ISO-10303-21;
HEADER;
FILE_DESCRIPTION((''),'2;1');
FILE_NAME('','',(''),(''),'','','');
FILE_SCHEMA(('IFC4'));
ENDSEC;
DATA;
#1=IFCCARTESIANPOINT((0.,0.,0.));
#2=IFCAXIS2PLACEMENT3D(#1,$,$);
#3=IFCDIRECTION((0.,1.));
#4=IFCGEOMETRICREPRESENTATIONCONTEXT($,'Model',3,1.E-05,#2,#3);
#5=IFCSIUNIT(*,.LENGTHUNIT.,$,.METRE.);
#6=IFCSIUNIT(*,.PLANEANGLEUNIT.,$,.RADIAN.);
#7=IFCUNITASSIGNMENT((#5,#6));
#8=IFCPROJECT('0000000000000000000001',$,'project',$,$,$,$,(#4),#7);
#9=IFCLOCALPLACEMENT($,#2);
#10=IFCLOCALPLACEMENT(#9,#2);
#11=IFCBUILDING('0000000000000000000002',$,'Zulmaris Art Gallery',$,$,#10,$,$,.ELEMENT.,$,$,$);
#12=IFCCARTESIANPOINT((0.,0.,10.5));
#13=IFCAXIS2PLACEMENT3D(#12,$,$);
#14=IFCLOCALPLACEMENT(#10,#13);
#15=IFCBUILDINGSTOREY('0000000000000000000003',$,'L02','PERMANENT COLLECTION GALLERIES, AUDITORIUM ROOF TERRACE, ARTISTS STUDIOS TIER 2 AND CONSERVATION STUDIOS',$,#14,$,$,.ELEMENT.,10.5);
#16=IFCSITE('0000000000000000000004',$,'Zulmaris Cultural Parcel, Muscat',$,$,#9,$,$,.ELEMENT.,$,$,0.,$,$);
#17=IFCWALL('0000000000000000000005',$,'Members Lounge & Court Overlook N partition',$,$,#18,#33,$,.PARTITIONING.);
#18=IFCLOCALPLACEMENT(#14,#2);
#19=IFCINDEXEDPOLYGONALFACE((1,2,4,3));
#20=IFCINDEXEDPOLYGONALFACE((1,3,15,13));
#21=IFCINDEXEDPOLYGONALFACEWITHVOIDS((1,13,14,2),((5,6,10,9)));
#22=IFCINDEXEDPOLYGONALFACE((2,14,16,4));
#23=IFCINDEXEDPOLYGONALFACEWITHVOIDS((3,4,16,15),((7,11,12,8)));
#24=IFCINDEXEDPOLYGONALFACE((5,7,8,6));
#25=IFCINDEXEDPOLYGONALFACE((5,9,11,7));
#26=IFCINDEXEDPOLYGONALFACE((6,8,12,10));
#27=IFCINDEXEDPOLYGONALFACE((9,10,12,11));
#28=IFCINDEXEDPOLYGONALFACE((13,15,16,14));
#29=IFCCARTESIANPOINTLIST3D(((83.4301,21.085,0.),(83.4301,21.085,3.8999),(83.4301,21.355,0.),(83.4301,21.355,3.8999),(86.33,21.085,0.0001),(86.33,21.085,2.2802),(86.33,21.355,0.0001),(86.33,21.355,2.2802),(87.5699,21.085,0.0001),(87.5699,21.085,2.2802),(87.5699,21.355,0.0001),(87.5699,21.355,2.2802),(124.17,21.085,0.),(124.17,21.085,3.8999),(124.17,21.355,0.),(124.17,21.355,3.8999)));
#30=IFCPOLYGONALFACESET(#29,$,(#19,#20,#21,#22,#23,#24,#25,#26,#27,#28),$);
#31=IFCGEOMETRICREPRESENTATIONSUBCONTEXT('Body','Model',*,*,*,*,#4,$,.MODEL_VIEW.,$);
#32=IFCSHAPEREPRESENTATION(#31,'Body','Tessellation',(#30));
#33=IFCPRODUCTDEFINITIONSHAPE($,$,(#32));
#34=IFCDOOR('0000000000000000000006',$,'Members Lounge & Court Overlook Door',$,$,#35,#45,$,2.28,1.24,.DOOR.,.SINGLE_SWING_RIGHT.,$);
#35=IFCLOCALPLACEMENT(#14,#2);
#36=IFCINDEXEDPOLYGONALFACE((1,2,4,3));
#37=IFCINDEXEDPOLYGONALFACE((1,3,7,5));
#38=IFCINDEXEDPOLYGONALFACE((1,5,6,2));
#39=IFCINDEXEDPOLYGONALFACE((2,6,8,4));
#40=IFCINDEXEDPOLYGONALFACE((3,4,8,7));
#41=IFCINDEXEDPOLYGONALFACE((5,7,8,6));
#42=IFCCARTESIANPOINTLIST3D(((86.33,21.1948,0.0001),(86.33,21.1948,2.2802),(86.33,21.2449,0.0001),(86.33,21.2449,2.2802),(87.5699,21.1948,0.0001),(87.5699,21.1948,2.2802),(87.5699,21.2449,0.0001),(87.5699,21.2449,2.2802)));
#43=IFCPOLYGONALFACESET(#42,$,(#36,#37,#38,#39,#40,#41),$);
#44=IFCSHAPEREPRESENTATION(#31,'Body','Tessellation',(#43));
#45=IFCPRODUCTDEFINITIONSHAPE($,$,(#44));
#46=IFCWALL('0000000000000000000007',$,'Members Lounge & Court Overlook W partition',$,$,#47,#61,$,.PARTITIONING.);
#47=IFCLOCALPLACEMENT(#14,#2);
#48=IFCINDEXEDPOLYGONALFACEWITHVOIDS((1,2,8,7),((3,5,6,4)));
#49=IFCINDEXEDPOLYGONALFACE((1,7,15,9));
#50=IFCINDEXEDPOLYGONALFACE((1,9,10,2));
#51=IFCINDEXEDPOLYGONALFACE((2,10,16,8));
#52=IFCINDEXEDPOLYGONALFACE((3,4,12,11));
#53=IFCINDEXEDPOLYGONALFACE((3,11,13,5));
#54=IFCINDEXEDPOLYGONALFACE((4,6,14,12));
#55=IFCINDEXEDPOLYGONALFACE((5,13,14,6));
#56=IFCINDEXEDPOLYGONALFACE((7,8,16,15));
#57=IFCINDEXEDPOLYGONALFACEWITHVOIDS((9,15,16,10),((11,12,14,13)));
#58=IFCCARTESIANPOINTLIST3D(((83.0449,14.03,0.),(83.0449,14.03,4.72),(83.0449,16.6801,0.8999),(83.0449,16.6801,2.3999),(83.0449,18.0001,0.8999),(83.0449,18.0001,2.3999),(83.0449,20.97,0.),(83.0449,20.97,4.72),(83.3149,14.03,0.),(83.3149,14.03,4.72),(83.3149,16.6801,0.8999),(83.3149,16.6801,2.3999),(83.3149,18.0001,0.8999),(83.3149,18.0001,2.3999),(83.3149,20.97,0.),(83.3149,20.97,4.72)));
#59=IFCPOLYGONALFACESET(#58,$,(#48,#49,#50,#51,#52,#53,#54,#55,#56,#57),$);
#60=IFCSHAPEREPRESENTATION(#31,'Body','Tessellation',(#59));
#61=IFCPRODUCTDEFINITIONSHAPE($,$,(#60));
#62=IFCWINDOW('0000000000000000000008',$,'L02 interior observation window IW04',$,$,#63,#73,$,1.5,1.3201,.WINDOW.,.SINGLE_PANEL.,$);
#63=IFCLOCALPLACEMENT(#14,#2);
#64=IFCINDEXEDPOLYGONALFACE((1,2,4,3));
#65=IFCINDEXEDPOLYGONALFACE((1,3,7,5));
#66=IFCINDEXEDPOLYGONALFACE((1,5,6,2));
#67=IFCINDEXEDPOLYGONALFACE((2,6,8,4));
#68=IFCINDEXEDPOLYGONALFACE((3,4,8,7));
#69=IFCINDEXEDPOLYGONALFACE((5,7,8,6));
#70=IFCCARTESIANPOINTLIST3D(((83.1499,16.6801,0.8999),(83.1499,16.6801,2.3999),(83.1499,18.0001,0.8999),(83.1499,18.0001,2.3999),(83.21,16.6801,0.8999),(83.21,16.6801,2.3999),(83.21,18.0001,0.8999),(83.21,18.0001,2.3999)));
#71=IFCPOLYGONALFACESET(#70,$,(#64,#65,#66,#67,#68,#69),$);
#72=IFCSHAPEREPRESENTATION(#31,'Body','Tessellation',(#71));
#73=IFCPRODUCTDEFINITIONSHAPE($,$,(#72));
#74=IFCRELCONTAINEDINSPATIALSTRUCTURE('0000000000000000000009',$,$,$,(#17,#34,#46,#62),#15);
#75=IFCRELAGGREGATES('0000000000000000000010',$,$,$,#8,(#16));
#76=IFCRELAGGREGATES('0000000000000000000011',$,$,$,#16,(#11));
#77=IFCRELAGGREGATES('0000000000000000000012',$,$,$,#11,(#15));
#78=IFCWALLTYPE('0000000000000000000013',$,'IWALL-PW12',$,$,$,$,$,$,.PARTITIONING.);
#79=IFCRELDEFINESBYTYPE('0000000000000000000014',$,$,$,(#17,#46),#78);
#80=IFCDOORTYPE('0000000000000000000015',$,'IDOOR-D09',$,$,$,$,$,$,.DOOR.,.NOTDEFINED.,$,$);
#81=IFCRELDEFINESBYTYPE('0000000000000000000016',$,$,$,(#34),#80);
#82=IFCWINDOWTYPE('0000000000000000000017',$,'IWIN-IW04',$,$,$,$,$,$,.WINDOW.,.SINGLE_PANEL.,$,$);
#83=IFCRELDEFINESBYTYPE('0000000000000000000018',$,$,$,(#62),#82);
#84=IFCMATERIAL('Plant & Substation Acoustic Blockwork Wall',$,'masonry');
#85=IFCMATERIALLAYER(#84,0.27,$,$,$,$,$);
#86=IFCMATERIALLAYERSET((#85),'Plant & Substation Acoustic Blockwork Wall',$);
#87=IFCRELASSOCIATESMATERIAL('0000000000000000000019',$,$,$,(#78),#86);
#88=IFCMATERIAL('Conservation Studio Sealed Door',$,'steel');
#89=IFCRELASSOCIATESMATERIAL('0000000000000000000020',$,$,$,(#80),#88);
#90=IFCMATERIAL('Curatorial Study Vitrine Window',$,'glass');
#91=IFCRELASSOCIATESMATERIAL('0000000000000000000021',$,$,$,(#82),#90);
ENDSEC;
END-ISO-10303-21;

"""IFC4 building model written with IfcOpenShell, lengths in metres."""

from ifc_helpers import new_model, si_unit, direction, frame, frame_2d, origin, place, context, subcontext, project, spatial, rectangle, extrude, material, layer, layer_set, type_object, element, fill, save


model = new_model("IFC4")

# Units and contexts
model_context = context("Model", 3, precision=1e-05, world=origin(), true_north=direction((0.0, 1.0)))
body_context = subcontext(model_context, "Body", "Model", "MODEL_VIEW")
ifc_project = project(units=[si_unit("LENGTHUNIT", "METRE"), si_unit("PLANEANGLEUNIT", "RADIAN")], contexts=[model_context])

# Site, building, storey
site_placement = place(None, origin())
site = spatial("IfcSite", under=ifc_project, at=site_placement, Name="Zulmaris Cultural Parcel, Muscat", CompositionType="ELEMENT", RefElevation=0.0)
building_placement = place(site_placement, origin())
building = spatial("IfcBuilding", under=site, at=building_placement, Name="Zulmaris Art Gallery", CompositionType="ELEMENT")
storey_placement = place(building_placement, frame((0.0, 0.0, 10.5)))
storey = spatial("IfcBuildingStorey", under=building, at=storey_placement, Name="L02", Description="PERMANENT COLLECTION GALLERIES, AUDITORIUM ROOF TERRACE, ARTISTS STUDIOS TIER 2 AND CONSERVATION STUDIOS", CompositionType="ELEMENT", Elevation=10.5)

# Wall, opening, door
ifc_material_1 = material(Name="Plant & Substation Acoustic Blockwork Wall", Category="masonry")
ifc_layer_1 = layer(ifc_material_1, 0.27)
ifc_layer_set_1 = layer_set([ifc_layer_1], Name="Plant & Substation Acoustic Blockwork Wall")
wall_type_1 = type_object("IfcWallType", Name="IWALL-PW12", PredefinedType="PARTITIONING", material=ifc_layer_set_1)
wall_1_placement = place(storey_placement, frame((83.4299, 21.22, 0.0), z_axis=(0.0, 0.0, 1.0), x_axis=(1.0, 0.0, 0.0)))
wall_1 = element("IfcWall", 1, at=wall_1_placement, inside=storey, type_object=wall_type_1, Name="Members Lounge & Court Overlook N partition", PredefinedType="PARTITIONING", context=body_context, shape_type="SweptSolid", body=[
    extrude(rectangle(XDim=40.74, YDim=0.27, at=frame_2d((20.3701, 0.0))), origin(), (0.0, 0.0, 1.0), 3.8999),
])
opening_1_placement = place(wall_1_placement, frame((2.8999, 0.0, 0.0)))
opening_1 = element("IfcOpeningElement", 2, at=opening_1_placement, cuts=wall_1, PredefinedType="OPENING", context=body_context, shape_type="SweptSolid", body=[
    extrude(rectangle(XDim=1.24, YDim=2.28, at=frame_2d((0.6201, 1.1401))), frame((0.0, 0.145, 0.0), z_axis=(0.0, -1.0, 0.0), x_axis=(1.0, 0.0, 0.0)), (0.0, 0.0, 1.0), 0.29),
])
ifc_material_2 = material(Name="Conservation Studio Sealed Door", Category="steel")
door_type = type_object("IfcDoorType", Name="IDOOR-D09", OperationType="NOTDEFINED", PredefinedType="DOOR", material=ifc_material_2)
door_placement = place(opening_1_placement, origin())
door = element("IfcDoor", 3, at=door_placement, inside=storey, type_object=door_type, Name="Members Lounge & Court Overlook Door", OperationType="SINGLE_SWING_RIGHT", OverallHeight=2.28, OverallWidth=1.24, PredefinedType="DOOR", context=body_context, shape_type="SweptSolid", body=[
    extrude(rectangle(XDim=1.24, YDim=2.28, at=frame_2d((0.6201, 1.1401))), frame((0.0, 0.0249, 0.0), z_axis=(0.0, -1.0, 0.0), x_axis=(1.0, 0.0, 0.0)), (0.0, 0.0, 1.0), 0.05),
])
fill(opening_1, door)

# Wall, opening, window
wall_2_placement = place(storey_placement, frame((83.1799, 14.03, 0.0), z_axis=(0.0, 0.0, 1.0), x_axis=(0.0, 1.0, 0.0)))
wall_2 = element("IfcWall", 4, at=wall_2_placement, inside=storey, type_object=wall_type_1, Name="Members Lounge & Court Overlook W partition", PredefinedType="PARTITIONING", context=body_context, shape_type="SweptSolid", body=[
    extrude(rectangle(XDim=6.9399, YDim=0.27, at=frame_2d((3.47, 0.0))), origin(), (0.0, 0.0, 1.0), 4.72),
])
opening_2_placement = place(wall_2_placement, frame((2.6499, 0.0, 0.8999)))
opening_2 = element("IfcOpeningElement", 5, at=opening_2_placement, cuts=wall_2, PredefinedType="OPENING", context=body_context, shape_type="SweptSolid", body=[
    extrude(rectangle(XDim=1.3201, YDim=1.5, at=frame_2d((0.6602, 0.75))), frame((0.0, 0.145, 0.0), z_axis=(0.0, -1.0, 0.0), x_axis=(1.0, 0.0, 0.0)), (0.0, 0.0, 1.0), 0.29),
])
ifc_material_3 = material(Name="Curatorial Study Vitrine Window", Category="glass")
window_type_1 = type_object("IfcWindowType", Name="IWIN-IW04", PartitioningType="SINGLE_PANEL", PredefinedType="WINDOW", material=ifc_material_3)
window_1_placement = place(opening_2_placement, origin())
window_1 = element("IfcWindow", 6, at=window_1_placement, inside=storey, type_object=window_type_1, Name="L02 interior observation window IW04", OverallHeight=1.5, OverallWidth=1.3201, PartitioningType="SINGLE_PANEL", PredefinedType="WINDOW", context=body_context, shape_type="SweptSolid", body=[
    extrude(rectangle(XDim=1.3201, YDim=1.5, at=frame_2d((0.6602, 0.75))), frame((0.0, 0.03, 0.0), z_axis=(0.0, -1.0, 0.0), x_axis=(1.0, 0.0, 0.0)), (0.0, 0.0, 1.0), 0.0601),
])
fill(opening_2, window_1)

save(model, "model.ifc")
